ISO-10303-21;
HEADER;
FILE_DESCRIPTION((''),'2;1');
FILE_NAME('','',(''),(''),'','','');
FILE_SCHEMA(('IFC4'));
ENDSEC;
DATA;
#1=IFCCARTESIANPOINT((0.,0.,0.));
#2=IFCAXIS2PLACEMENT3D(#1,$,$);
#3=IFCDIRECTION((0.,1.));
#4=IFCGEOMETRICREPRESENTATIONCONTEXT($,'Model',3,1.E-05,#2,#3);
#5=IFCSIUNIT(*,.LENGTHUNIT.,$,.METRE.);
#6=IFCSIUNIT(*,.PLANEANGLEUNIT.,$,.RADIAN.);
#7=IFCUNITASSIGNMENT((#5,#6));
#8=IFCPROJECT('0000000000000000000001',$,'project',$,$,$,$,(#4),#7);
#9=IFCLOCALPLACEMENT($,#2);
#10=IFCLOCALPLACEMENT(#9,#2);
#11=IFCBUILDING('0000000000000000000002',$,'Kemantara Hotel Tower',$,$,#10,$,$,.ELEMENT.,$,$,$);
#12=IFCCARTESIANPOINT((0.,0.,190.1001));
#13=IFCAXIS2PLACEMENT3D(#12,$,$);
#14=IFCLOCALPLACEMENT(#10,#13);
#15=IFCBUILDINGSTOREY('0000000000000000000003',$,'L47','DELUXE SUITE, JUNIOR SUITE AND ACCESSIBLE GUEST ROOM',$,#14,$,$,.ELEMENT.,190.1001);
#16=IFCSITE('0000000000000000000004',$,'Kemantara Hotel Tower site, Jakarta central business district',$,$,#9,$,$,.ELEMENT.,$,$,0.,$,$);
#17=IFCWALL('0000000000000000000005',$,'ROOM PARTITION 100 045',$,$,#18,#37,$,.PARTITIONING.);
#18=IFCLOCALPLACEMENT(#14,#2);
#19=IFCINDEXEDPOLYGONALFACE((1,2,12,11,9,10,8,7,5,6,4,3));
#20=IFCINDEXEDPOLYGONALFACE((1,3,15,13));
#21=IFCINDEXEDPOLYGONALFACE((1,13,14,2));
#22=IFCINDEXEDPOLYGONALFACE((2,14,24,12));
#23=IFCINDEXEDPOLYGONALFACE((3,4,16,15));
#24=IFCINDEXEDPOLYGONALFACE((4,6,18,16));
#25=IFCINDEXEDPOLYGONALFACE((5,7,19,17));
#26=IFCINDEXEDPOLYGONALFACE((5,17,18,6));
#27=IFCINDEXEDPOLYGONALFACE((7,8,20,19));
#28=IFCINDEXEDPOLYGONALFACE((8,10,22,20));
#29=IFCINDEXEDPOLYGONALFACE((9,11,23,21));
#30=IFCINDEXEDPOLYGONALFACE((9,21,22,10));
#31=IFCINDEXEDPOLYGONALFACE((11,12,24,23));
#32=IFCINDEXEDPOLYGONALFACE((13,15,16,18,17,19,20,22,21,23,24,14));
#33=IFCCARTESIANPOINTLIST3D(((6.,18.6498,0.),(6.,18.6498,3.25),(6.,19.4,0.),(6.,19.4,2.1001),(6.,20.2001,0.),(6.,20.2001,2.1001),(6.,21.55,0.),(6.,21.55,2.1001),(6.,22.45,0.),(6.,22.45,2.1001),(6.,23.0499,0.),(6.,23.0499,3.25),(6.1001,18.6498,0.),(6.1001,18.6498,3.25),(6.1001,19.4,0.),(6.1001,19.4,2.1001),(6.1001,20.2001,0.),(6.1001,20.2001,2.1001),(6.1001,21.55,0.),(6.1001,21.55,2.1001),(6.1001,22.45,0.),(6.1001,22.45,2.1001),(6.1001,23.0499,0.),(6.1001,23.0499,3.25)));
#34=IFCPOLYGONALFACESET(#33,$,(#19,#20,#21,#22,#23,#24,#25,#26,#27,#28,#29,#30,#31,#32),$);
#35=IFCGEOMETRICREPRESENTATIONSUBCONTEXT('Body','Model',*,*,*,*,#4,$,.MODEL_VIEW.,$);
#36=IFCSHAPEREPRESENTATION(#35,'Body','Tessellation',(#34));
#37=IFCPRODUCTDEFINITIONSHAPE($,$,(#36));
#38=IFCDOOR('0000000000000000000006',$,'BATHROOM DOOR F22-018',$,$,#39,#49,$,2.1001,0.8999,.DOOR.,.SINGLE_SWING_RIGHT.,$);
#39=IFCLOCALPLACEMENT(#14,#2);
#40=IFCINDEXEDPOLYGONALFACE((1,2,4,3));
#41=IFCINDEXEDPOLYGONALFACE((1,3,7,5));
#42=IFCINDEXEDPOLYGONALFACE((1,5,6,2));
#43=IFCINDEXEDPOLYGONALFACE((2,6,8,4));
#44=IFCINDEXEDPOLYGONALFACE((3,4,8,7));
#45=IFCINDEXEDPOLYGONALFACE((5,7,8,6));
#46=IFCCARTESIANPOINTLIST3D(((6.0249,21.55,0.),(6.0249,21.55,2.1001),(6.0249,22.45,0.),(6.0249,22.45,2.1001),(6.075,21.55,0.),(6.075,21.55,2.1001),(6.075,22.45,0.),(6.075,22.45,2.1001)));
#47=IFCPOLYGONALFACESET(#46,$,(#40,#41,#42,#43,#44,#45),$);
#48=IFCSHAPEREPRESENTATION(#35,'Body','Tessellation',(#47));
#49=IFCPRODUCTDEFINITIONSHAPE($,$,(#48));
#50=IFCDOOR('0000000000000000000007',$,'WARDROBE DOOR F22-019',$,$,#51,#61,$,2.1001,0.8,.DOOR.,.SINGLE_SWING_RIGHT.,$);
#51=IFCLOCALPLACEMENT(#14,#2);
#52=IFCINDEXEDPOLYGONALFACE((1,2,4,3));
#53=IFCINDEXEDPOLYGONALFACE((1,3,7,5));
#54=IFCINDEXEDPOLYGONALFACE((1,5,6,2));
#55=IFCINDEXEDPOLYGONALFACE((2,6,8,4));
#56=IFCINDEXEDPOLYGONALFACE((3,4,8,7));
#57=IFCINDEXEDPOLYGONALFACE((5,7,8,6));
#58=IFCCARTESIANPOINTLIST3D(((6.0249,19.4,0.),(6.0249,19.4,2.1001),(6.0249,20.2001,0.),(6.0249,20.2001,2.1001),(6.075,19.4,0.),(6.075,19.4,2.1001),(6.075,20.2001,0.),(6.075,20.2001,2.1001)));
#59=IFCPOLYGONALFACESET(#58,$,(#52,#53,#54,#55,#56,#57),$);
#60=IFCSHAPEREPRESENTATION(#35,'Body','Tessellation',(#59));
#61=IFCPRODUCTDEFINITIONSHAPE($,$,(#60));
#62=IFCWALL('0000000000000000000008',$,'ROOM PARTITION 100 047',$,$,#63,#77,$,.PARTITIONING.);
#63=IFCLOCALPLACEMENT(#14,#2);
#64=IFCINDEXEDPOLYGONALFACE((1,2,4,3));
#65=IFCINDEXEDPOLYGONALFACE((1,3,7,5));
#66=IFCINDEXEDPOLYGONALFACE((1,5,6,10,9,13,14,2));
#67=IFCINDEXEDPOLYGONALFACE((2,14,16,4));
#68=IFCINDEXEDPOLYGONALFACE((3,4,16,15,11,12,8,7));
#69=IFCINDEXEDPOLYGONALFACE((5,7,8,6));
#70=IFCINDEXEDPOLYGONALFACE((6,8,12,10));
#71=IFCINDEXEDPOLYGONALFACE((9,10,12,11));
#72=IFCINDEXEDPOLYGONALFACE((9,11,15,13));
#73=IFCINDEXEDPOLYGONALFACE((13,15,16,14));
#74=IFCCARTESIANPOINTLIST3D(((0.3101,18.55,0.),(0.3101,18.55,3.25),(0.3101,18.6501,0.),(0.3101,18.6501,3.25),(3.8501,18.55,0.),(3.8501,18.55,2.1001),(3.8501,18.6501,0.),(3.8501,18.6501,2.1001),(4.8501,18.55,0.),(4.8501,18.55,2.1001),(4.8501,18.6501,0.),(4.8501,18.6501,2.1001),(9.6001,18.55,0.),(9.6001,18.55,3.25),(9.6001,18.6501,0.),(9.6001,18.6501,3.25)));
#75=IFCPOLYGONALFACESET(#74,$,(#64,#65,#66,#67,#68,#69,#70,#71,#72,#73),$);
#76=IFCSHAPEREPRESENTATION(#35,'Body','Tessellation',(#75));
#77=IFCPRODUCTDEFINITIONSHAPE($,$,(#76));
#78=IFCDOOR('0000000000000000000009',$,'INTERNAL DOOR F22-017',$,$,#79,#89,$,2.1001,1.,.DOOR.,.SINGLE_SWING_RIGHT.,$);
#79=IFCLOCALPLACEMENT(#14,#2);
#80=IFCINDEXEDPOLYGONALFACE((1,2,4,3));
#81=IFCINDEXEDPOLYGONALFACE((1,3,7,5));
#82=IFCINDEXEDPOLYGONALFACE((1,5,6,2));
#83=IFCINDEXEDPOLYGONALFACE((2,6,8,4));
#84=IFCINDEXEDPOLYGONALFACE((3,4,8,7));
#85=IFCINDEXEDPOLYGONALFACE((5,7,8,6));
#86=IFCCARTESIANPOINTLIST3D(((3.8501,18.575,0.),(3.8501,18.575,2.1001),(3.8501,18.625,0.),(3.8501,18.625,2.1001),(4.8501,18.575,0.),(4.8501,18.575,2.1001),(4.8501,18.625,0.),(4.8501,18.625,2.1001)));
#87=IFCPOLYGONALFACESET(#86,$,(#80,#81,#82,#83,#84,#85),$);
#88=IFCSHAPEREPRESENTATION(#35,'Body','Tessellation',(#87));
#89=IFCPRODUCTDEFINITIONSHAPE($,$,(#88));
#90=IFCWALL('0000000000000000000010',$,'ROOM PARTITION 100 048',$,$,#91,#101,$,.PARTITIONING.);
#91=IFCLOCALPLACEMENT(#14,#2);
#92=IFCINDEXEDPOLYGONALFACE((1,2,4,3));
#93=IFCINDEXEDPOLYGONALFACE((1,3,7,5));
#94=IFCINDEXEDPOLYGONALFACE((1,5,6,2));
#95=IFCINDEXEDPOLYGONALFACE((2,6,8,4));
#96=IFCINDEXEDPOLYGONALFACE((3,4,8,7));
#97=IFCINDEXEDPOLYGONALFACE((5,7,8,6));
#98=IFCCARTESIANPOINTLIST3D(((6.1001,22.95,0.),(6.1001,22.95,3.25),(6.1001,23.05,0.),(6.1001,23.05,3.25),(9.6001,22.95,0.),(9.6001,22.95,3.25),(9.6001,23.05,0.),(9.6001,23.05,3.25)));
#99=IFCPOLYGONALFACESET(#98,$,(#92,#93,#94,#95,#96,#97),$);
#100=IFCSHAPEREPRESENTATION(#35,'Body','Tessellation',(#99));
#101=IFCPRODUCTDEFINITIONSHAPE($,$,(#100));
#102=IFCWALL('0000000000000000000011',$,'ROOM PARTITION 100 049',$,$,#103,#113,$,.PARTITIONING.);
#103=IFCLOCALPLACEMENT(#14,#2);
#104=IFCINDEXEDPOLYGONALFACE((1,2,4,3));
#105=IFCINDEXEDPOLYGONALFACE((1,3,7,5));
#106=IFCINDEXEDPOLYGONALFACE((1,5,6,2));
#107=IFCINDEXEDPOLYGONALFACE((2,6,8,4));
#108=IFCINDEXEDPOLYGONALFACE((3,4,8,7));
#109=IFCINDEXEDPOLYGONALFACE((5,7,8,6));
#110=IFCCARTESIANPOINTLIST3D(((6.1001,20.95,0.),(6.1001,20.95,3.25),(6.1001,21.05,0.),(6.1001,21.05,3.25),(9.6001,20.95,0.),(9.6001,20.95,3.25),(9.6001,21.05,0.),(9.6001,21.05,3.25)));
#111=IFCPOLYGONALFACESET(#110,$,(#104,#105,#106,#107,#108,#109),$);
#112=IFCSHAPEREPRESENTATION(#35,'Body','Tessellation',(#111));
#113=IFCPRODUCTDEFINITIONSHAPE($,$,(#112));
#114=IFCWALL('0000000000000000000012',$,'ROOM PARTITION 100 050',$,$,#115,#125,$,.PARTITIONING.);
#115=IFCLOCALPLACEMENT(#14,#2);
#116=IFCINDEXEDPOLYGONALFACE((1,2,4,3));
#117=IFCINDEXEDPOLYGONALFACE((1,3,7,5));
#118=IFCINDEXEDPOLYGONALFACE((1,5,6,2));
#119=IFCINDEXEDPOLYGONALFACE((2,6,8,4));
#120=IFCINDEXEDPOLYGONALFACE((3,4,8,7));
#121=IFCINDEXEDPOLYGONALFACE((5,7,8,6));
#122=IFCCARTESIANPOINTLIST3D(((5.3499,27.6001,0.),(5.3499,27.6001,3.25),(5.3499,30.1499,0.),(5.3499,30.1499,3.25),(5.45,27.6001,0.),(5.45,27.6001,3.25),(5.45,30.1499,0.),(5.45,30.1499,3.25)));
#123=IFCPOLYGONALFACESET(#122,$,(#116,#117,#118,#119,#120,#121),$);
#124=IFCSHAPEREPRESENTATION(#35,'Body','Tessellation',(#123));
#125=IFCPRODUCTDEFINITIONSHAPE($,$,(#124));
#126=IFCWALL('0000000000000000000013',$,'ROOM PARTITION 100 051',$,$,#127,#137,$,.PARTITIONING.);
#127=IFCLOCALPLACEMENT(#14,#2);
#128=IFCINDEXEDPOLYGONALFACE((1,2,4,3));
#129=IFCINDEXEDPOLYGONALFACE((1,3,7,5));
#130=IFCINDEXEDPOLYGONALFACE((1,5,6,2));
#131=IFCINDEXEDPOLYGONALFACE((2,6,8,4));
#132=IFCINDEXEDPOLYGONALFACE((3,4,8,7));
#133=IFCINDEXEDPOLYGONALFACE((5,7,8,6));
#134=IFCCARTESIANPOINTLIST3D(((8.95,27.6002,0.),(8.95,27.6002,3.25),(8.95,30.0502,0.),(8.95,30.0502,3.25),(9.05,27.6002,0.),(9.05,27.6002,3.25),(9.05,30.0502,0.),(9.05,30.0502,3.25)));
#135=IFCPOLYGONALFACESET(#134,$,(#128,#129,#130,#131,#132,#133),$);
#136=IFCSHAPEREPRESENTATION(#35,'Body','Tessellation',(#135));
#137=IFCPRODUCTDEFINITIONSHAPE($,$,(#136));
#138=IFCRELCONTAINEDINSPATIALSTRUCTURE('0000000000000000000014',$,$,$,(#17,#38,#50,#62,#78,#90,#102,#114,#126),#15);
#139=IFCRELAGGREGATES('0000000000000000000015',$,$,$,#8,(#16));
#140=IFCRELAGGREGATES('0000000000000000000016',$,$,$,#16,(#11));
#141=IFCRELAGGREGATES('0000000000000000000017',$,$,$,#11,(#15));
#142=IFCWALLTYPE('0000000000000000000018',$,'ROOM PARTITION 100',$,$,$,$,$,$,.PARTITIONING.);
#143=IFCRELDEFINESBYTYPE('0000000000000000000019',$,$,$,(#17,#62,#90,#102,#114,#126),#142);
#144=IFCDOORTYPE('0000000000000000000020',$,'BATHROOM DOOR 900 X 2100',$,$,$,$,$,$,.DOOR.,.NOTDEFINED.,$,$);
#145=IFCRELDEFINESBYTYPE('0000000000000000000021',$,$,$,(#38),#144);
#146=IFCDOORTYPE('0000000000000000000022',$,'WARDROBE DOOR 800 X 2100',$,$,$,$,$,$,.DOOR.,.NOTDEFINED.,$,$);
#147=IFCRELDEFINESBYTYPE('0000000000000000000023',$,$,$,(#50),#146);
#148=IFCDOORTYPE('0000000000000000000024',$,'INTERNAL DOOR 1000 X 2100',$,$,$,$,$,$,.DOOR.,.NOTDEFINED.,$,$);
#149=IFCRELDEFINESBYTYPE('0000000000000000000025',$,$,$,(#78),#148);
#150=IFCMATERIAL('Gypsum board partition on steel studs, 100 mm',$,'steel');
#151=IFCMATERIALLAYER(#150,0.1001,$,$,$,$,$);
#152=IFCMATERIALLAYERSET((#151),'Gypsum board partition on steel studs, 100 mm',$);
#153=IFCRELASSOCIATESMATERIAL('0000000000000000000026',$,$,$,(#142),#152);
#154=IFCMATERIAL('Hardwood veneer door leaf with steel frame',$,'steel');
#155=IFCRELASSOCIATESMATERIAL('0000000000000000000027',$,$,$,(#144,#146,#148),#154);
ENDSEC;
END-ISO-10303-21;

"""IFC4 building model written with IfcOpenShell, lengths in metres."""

from ifc_helpers import new_model, si_unit, direction, frame, frame_2d, origin, place, context, subcontext, project, spatial, rectangle, extrude, material, layer, layer_set, type_object, element, fill, save


model = new_model("IFC4")

# Units and contexts
model_context = context("Model", 3, precision=1e-05, world=origin(), true_north=direction((0.0, 1.0)))
body_context = subcontext(model_context, "Body", "Model", "MODEL_VIEW")
ifc_project = project(units=[si_unit("LENGTHUNIT", "METRE"), si_unit("PLANEANGLEUNIT", "RADIAN")], contexts=[model_context])

# Site, building, storey
site_placement = place(None, origin())
site = spatial("IfcSite", under=ifc_project, at=site_placement, Name="Kemantara Hotel Tower site, Jakarta central business district", CompositionType="ELEMENT", RefElevation=0.0)
building_placement = place(site_placement, origin())
building = spatial("IfcBuilding", under=site, at=building_placement, Name="Kemantara Hotel Tower", CompositionType="ELEMENT")
storey_placement = place(building_placement, frame((0.0, 0.0, 190.1001)))
storey = spatial("IfcBuildingStorey", under=building, at=storey_placement, Name="L47", Description="DELUXE SUITE, JUNIOR SUITE AND ACCESSIBLE GUEST ROOM", CompositionType="ELEMENT", Elevation=190.1001)

# Shared definitions
ifc_material_1 = material(Name="Hardwood veneer door leaf with steel frame", Category="steel")

# Wall, openings, doors
ifc_material_2 = material(Name="Gypsum board partition on steel studs, 100 mm", Category="steel")
ifc_layer_1 = layer(ifc_material_2, 0.1001)
ifc_layer_set_1 = layer_set([ifc_layer_1], Name="Gypsum board partition on steel studs, 100 mm")
wall_type_1 = type_object("IfcWallType", Name="ROOM PARTITION 100", PredefinedType="PARTITIONING", material=ifc_layer_set_1)
wall_1_placement = place(storey_placement, frame((6.05, 23.05, 0.0), z_axis=(0.0, 0.0, 1.0), x_axis=(0.0, -1.0, 0.0)))
wall_1 = element("IfcWall", 1, at=wall_1_placement, inside=storey, type_object=wall_type_1, Name="ROOM PARTITION 100 045", PredefinedType="PARTITIONING", context=body_context, shape_type="SweptSolid", body=[
    extrude(rectangle(XDim=4.4001, YDim=0.1001, at=frame_2d((2.2002, 0.0))), origin(), (0.0, 0.0, 1.0), 3.25),
])
opening_1_placement = place(wall_1_placement, frame((0.6001, 0.0, 0.0)))
opening_1 = element("IfcOpeningElement", 2, at=opening_1_placement, cuts=wall_1, PredefinedType="OPENING", context=body_context, shape_type="SweptSolid", body=[
    extrude(rectangle(XDim=0.8999, YDim=2.1001, at=frame_2d((0.45, 1.05))), frame((0.0, 0.0601, 0.0), z_axis=(0.0, -1.0, 0.0), x_axis=(1.0, 0.0, 0.0)), (0.0, 0.0, 1.0), 0.1201),
])
opening_2_placement = place(wall_1_placement, frame((2.8501, 0.0, 0.0)))
opening_2 = element("IfcOpeningElement", 3, at=opening_2_placement, cuts=wall_1, PredefinedType="OPENING", context=body_context, shape_type="SweptSolid", body=[
    extrude(rectangle(XDim=0.8, YDim=2.1001, at=frame_2d((0.3999, 1.05))), frame((0.0, 0.0601, 0.0), z_axis=(0.0, -1.0, 0.0), x_axis=(1.0, 0.0, 0.0)), (0.0, 0.0, 1.0), 0.1201),
])
door_type_1 = type_object("IfcDoorType", Name="BATHROOM DOOR 900 X 2100", OperationType="NOTDEFINED", PredefinedType="DOOR", material=ifc_material_1)
door_1_placement = place(opening_1_placement, origin())
door_1 = element("IfcDoor", 4, at=door_1_placement, inside=storey, type_object=door_type_1, Name="BATHROOM DOOR F22-018", OperationType="SINGLE_SWING_RIGHT", OverallHeight=2.1001, OverallWidth=0.8999, PredefinedType="DOOR", context=body_context, shape_type="SweptSolid", body=[
    extrude(rectangle(XDim=0.8999, YDim=2.1001, at=frame_2d((0.45, 1.05))), frame((0.0, 0.0249, 0.0), z_axis=(0.0, -1.0, 0.0), x_axis=(1.0, 0.0, 0.0)), (0.0, 0.0, 1.0), 0.05),
])
fill(opening_1, door_1)
door_type_2 = type_object("IfcDoorType", Name="WARDROBE DOOR 800 X 2100", OperationType="NOTDEFINED", PredefinedType="DOOR", material=ifc_material_1)
door_2_placement = place(opening_2_placement, origin())
door_2 = element("IfcDoor", 5, at=door_2_placement, inside=storey, type_object=door_type_2, Name="WARDROBE DOOR F22-019", OperationType="SINGLE_SWING_RIGHT", OverallHeight=2.1001, OverallWidth=0.8, PredefinedType="DOOR", context=body_context, shape_type="SweptSolid", body=[
    extrude(rectangle(XDim=0.8, YDim=2.1001, at=frame_2d((0.3999, 1.05))), frame((0.0, 0.0249, 0.0), z_axis=(0.0, -1.0, 0.0), x_axis=(1.0, 0.0, 0.0)), (0.0, 0.0, 1.0), 0.05),
])
fill(opening_2, door_2)

# Wall, opening, door
wall_2_placement = place(storey_placement, frame((0.3101, 18.6001, 0.0), z_axis=(0.0, 0.0, 1.0), x_axis=(1.0, 0.0, 0.0)))
wall_2 = element("IfcWall", 6, at=wall_2_placement, inside=storey, type_object=wall_type_1, Name="ROOM PARTITION 100 047", PredefinedType="PARTITIONING", context=body_context, shape_type="SweptSolid", body=[
    extrude(rectangle(XDim=9.29, YDim=0.1001, at=frame_2d((4.645, 0.0))), origin(), (0.0, 0.0, 1.0), 3.25),
])
opening_3_placement = place(wall_2_placement, frame((3.54, 0.0, 0.0)))
opening_3 = element("IfcOpeningElement", 7, at=opening_3_placement, cuts=wall_2, PredefinedType="OPENING", context=body_context, shape_type="SweptSolid", body=[
    extrude(rectangle(XDim=1.0, YDim=2.1001, at=frame_2d((0.5, 1.05))), frame((0.0, 0.0601, 0.0), z_axis=(0.0, -1.0, 0.0), x_axis=(1.0, 0.0, 0.0)), (0.0, 0.0, 1.0), 0.1201),
])
door_type_3 = type_object("IfcDoorType", Name="INTERNAL DOOR 1000 X 2100", OperationType="NOTDEFINED", PredefinedType="DOOR", material=ifc_material_1)
door_3_placement = place(opening_3_placement, origin())
door_3 = element("IfcDoor", 8, at=door_3_placement, inside=storey, type_object=door_type_3, Name="INTERNAL DOOR F22-017", OperationType="SINGLE_SWING_RIGHT", OverallHeight=2.1001, OverallWidth=1.0, PredefinedType="DOOR", context=body_context, shape_type="SweptSolid", body=[
    extrude(rectangle(XDim=1.0, YDim=2.1001, at=frame_2d((0.5, 1.05))), frame((0.0, 0.0249, 0.0), z_axis=(0.0, -1.0, 0.0), x_axis=(1.0, 0.0, 0.0)), (0.0, 0.0, 1.0), 0.05),
])
fill(opening_3, door_3)

# Walls
for number, where, z_axis, x_axis, name in (
    (9, (6.1001, 23.0, 0.0), (0.0, 0.0, 1.0), (1.0, 0.0, 0.0), "ROOM PARTITION 100 048"),
    (10, (6.1001, 21.0, 0.0), (0.0, 0.0, 1.0), (1.0, 0.0, 0.0), "ROOM PARTITION 100 049"),
):
    element("IfcWall", number, at=place(storey_placement, frame(where, z_axis=z_axis, x_axis=x_axis)), inside=storey, type_object=wall_type_1, Name=name, PredefinedType="PARTITIONING", context=body_context, shape_type="SweptSolid", body=[
        extrude(rectangle(XDim=3.5, YDim=0.1001, at=frame_2d((1.75, 0.0))), origin(), (0.0, 0.0, 1.0), 3.25),
    ])
wall_3_placement = place(storey_placement, frame((5.3999, 27.6001, 0.0), z_axis=(0.0, 0.0, 1.0), x_axis=(0.0, 1.0, 0.0)))
element("IfcWall", 11, at=wall_3_placement, inside=storey, type_object=wall_type_1, Name="ROOM PARTITION 100 050", PredefinedType="PARTITIONING", context=body_context, shape_type="SweptSolid", body=[
    extrude(rectangle(XDim=2.5498, YDim=0.1001, at=frame_2d((1.2749, 0.0))), origin(), (0.0, 0.0, 1.0), 3.25),
])
wall_4_placement = place(storey_placement, frame((9.0, 27.6001, 0.0), z_axis=(0.0, 0.0, 1.0), x_axis=(0.0, 1.0, 0.0)))
element("IfcWall", 12, at=wall_4_placement, inside=storey, type_object=wall_type_1, Name="ROOM PARTITION 100 051", PredefinedType="PARTITIONING", context=body_context, shape_type="SweptSolid", body=[
    extrude(rectangle(XDim=2.45, YDim=0.1001, at=frame_2d((1.2251, 0.0))), origin(), (0.0, 0.0, 1.0), 3.25),
])

save(model, "model.ifc")
